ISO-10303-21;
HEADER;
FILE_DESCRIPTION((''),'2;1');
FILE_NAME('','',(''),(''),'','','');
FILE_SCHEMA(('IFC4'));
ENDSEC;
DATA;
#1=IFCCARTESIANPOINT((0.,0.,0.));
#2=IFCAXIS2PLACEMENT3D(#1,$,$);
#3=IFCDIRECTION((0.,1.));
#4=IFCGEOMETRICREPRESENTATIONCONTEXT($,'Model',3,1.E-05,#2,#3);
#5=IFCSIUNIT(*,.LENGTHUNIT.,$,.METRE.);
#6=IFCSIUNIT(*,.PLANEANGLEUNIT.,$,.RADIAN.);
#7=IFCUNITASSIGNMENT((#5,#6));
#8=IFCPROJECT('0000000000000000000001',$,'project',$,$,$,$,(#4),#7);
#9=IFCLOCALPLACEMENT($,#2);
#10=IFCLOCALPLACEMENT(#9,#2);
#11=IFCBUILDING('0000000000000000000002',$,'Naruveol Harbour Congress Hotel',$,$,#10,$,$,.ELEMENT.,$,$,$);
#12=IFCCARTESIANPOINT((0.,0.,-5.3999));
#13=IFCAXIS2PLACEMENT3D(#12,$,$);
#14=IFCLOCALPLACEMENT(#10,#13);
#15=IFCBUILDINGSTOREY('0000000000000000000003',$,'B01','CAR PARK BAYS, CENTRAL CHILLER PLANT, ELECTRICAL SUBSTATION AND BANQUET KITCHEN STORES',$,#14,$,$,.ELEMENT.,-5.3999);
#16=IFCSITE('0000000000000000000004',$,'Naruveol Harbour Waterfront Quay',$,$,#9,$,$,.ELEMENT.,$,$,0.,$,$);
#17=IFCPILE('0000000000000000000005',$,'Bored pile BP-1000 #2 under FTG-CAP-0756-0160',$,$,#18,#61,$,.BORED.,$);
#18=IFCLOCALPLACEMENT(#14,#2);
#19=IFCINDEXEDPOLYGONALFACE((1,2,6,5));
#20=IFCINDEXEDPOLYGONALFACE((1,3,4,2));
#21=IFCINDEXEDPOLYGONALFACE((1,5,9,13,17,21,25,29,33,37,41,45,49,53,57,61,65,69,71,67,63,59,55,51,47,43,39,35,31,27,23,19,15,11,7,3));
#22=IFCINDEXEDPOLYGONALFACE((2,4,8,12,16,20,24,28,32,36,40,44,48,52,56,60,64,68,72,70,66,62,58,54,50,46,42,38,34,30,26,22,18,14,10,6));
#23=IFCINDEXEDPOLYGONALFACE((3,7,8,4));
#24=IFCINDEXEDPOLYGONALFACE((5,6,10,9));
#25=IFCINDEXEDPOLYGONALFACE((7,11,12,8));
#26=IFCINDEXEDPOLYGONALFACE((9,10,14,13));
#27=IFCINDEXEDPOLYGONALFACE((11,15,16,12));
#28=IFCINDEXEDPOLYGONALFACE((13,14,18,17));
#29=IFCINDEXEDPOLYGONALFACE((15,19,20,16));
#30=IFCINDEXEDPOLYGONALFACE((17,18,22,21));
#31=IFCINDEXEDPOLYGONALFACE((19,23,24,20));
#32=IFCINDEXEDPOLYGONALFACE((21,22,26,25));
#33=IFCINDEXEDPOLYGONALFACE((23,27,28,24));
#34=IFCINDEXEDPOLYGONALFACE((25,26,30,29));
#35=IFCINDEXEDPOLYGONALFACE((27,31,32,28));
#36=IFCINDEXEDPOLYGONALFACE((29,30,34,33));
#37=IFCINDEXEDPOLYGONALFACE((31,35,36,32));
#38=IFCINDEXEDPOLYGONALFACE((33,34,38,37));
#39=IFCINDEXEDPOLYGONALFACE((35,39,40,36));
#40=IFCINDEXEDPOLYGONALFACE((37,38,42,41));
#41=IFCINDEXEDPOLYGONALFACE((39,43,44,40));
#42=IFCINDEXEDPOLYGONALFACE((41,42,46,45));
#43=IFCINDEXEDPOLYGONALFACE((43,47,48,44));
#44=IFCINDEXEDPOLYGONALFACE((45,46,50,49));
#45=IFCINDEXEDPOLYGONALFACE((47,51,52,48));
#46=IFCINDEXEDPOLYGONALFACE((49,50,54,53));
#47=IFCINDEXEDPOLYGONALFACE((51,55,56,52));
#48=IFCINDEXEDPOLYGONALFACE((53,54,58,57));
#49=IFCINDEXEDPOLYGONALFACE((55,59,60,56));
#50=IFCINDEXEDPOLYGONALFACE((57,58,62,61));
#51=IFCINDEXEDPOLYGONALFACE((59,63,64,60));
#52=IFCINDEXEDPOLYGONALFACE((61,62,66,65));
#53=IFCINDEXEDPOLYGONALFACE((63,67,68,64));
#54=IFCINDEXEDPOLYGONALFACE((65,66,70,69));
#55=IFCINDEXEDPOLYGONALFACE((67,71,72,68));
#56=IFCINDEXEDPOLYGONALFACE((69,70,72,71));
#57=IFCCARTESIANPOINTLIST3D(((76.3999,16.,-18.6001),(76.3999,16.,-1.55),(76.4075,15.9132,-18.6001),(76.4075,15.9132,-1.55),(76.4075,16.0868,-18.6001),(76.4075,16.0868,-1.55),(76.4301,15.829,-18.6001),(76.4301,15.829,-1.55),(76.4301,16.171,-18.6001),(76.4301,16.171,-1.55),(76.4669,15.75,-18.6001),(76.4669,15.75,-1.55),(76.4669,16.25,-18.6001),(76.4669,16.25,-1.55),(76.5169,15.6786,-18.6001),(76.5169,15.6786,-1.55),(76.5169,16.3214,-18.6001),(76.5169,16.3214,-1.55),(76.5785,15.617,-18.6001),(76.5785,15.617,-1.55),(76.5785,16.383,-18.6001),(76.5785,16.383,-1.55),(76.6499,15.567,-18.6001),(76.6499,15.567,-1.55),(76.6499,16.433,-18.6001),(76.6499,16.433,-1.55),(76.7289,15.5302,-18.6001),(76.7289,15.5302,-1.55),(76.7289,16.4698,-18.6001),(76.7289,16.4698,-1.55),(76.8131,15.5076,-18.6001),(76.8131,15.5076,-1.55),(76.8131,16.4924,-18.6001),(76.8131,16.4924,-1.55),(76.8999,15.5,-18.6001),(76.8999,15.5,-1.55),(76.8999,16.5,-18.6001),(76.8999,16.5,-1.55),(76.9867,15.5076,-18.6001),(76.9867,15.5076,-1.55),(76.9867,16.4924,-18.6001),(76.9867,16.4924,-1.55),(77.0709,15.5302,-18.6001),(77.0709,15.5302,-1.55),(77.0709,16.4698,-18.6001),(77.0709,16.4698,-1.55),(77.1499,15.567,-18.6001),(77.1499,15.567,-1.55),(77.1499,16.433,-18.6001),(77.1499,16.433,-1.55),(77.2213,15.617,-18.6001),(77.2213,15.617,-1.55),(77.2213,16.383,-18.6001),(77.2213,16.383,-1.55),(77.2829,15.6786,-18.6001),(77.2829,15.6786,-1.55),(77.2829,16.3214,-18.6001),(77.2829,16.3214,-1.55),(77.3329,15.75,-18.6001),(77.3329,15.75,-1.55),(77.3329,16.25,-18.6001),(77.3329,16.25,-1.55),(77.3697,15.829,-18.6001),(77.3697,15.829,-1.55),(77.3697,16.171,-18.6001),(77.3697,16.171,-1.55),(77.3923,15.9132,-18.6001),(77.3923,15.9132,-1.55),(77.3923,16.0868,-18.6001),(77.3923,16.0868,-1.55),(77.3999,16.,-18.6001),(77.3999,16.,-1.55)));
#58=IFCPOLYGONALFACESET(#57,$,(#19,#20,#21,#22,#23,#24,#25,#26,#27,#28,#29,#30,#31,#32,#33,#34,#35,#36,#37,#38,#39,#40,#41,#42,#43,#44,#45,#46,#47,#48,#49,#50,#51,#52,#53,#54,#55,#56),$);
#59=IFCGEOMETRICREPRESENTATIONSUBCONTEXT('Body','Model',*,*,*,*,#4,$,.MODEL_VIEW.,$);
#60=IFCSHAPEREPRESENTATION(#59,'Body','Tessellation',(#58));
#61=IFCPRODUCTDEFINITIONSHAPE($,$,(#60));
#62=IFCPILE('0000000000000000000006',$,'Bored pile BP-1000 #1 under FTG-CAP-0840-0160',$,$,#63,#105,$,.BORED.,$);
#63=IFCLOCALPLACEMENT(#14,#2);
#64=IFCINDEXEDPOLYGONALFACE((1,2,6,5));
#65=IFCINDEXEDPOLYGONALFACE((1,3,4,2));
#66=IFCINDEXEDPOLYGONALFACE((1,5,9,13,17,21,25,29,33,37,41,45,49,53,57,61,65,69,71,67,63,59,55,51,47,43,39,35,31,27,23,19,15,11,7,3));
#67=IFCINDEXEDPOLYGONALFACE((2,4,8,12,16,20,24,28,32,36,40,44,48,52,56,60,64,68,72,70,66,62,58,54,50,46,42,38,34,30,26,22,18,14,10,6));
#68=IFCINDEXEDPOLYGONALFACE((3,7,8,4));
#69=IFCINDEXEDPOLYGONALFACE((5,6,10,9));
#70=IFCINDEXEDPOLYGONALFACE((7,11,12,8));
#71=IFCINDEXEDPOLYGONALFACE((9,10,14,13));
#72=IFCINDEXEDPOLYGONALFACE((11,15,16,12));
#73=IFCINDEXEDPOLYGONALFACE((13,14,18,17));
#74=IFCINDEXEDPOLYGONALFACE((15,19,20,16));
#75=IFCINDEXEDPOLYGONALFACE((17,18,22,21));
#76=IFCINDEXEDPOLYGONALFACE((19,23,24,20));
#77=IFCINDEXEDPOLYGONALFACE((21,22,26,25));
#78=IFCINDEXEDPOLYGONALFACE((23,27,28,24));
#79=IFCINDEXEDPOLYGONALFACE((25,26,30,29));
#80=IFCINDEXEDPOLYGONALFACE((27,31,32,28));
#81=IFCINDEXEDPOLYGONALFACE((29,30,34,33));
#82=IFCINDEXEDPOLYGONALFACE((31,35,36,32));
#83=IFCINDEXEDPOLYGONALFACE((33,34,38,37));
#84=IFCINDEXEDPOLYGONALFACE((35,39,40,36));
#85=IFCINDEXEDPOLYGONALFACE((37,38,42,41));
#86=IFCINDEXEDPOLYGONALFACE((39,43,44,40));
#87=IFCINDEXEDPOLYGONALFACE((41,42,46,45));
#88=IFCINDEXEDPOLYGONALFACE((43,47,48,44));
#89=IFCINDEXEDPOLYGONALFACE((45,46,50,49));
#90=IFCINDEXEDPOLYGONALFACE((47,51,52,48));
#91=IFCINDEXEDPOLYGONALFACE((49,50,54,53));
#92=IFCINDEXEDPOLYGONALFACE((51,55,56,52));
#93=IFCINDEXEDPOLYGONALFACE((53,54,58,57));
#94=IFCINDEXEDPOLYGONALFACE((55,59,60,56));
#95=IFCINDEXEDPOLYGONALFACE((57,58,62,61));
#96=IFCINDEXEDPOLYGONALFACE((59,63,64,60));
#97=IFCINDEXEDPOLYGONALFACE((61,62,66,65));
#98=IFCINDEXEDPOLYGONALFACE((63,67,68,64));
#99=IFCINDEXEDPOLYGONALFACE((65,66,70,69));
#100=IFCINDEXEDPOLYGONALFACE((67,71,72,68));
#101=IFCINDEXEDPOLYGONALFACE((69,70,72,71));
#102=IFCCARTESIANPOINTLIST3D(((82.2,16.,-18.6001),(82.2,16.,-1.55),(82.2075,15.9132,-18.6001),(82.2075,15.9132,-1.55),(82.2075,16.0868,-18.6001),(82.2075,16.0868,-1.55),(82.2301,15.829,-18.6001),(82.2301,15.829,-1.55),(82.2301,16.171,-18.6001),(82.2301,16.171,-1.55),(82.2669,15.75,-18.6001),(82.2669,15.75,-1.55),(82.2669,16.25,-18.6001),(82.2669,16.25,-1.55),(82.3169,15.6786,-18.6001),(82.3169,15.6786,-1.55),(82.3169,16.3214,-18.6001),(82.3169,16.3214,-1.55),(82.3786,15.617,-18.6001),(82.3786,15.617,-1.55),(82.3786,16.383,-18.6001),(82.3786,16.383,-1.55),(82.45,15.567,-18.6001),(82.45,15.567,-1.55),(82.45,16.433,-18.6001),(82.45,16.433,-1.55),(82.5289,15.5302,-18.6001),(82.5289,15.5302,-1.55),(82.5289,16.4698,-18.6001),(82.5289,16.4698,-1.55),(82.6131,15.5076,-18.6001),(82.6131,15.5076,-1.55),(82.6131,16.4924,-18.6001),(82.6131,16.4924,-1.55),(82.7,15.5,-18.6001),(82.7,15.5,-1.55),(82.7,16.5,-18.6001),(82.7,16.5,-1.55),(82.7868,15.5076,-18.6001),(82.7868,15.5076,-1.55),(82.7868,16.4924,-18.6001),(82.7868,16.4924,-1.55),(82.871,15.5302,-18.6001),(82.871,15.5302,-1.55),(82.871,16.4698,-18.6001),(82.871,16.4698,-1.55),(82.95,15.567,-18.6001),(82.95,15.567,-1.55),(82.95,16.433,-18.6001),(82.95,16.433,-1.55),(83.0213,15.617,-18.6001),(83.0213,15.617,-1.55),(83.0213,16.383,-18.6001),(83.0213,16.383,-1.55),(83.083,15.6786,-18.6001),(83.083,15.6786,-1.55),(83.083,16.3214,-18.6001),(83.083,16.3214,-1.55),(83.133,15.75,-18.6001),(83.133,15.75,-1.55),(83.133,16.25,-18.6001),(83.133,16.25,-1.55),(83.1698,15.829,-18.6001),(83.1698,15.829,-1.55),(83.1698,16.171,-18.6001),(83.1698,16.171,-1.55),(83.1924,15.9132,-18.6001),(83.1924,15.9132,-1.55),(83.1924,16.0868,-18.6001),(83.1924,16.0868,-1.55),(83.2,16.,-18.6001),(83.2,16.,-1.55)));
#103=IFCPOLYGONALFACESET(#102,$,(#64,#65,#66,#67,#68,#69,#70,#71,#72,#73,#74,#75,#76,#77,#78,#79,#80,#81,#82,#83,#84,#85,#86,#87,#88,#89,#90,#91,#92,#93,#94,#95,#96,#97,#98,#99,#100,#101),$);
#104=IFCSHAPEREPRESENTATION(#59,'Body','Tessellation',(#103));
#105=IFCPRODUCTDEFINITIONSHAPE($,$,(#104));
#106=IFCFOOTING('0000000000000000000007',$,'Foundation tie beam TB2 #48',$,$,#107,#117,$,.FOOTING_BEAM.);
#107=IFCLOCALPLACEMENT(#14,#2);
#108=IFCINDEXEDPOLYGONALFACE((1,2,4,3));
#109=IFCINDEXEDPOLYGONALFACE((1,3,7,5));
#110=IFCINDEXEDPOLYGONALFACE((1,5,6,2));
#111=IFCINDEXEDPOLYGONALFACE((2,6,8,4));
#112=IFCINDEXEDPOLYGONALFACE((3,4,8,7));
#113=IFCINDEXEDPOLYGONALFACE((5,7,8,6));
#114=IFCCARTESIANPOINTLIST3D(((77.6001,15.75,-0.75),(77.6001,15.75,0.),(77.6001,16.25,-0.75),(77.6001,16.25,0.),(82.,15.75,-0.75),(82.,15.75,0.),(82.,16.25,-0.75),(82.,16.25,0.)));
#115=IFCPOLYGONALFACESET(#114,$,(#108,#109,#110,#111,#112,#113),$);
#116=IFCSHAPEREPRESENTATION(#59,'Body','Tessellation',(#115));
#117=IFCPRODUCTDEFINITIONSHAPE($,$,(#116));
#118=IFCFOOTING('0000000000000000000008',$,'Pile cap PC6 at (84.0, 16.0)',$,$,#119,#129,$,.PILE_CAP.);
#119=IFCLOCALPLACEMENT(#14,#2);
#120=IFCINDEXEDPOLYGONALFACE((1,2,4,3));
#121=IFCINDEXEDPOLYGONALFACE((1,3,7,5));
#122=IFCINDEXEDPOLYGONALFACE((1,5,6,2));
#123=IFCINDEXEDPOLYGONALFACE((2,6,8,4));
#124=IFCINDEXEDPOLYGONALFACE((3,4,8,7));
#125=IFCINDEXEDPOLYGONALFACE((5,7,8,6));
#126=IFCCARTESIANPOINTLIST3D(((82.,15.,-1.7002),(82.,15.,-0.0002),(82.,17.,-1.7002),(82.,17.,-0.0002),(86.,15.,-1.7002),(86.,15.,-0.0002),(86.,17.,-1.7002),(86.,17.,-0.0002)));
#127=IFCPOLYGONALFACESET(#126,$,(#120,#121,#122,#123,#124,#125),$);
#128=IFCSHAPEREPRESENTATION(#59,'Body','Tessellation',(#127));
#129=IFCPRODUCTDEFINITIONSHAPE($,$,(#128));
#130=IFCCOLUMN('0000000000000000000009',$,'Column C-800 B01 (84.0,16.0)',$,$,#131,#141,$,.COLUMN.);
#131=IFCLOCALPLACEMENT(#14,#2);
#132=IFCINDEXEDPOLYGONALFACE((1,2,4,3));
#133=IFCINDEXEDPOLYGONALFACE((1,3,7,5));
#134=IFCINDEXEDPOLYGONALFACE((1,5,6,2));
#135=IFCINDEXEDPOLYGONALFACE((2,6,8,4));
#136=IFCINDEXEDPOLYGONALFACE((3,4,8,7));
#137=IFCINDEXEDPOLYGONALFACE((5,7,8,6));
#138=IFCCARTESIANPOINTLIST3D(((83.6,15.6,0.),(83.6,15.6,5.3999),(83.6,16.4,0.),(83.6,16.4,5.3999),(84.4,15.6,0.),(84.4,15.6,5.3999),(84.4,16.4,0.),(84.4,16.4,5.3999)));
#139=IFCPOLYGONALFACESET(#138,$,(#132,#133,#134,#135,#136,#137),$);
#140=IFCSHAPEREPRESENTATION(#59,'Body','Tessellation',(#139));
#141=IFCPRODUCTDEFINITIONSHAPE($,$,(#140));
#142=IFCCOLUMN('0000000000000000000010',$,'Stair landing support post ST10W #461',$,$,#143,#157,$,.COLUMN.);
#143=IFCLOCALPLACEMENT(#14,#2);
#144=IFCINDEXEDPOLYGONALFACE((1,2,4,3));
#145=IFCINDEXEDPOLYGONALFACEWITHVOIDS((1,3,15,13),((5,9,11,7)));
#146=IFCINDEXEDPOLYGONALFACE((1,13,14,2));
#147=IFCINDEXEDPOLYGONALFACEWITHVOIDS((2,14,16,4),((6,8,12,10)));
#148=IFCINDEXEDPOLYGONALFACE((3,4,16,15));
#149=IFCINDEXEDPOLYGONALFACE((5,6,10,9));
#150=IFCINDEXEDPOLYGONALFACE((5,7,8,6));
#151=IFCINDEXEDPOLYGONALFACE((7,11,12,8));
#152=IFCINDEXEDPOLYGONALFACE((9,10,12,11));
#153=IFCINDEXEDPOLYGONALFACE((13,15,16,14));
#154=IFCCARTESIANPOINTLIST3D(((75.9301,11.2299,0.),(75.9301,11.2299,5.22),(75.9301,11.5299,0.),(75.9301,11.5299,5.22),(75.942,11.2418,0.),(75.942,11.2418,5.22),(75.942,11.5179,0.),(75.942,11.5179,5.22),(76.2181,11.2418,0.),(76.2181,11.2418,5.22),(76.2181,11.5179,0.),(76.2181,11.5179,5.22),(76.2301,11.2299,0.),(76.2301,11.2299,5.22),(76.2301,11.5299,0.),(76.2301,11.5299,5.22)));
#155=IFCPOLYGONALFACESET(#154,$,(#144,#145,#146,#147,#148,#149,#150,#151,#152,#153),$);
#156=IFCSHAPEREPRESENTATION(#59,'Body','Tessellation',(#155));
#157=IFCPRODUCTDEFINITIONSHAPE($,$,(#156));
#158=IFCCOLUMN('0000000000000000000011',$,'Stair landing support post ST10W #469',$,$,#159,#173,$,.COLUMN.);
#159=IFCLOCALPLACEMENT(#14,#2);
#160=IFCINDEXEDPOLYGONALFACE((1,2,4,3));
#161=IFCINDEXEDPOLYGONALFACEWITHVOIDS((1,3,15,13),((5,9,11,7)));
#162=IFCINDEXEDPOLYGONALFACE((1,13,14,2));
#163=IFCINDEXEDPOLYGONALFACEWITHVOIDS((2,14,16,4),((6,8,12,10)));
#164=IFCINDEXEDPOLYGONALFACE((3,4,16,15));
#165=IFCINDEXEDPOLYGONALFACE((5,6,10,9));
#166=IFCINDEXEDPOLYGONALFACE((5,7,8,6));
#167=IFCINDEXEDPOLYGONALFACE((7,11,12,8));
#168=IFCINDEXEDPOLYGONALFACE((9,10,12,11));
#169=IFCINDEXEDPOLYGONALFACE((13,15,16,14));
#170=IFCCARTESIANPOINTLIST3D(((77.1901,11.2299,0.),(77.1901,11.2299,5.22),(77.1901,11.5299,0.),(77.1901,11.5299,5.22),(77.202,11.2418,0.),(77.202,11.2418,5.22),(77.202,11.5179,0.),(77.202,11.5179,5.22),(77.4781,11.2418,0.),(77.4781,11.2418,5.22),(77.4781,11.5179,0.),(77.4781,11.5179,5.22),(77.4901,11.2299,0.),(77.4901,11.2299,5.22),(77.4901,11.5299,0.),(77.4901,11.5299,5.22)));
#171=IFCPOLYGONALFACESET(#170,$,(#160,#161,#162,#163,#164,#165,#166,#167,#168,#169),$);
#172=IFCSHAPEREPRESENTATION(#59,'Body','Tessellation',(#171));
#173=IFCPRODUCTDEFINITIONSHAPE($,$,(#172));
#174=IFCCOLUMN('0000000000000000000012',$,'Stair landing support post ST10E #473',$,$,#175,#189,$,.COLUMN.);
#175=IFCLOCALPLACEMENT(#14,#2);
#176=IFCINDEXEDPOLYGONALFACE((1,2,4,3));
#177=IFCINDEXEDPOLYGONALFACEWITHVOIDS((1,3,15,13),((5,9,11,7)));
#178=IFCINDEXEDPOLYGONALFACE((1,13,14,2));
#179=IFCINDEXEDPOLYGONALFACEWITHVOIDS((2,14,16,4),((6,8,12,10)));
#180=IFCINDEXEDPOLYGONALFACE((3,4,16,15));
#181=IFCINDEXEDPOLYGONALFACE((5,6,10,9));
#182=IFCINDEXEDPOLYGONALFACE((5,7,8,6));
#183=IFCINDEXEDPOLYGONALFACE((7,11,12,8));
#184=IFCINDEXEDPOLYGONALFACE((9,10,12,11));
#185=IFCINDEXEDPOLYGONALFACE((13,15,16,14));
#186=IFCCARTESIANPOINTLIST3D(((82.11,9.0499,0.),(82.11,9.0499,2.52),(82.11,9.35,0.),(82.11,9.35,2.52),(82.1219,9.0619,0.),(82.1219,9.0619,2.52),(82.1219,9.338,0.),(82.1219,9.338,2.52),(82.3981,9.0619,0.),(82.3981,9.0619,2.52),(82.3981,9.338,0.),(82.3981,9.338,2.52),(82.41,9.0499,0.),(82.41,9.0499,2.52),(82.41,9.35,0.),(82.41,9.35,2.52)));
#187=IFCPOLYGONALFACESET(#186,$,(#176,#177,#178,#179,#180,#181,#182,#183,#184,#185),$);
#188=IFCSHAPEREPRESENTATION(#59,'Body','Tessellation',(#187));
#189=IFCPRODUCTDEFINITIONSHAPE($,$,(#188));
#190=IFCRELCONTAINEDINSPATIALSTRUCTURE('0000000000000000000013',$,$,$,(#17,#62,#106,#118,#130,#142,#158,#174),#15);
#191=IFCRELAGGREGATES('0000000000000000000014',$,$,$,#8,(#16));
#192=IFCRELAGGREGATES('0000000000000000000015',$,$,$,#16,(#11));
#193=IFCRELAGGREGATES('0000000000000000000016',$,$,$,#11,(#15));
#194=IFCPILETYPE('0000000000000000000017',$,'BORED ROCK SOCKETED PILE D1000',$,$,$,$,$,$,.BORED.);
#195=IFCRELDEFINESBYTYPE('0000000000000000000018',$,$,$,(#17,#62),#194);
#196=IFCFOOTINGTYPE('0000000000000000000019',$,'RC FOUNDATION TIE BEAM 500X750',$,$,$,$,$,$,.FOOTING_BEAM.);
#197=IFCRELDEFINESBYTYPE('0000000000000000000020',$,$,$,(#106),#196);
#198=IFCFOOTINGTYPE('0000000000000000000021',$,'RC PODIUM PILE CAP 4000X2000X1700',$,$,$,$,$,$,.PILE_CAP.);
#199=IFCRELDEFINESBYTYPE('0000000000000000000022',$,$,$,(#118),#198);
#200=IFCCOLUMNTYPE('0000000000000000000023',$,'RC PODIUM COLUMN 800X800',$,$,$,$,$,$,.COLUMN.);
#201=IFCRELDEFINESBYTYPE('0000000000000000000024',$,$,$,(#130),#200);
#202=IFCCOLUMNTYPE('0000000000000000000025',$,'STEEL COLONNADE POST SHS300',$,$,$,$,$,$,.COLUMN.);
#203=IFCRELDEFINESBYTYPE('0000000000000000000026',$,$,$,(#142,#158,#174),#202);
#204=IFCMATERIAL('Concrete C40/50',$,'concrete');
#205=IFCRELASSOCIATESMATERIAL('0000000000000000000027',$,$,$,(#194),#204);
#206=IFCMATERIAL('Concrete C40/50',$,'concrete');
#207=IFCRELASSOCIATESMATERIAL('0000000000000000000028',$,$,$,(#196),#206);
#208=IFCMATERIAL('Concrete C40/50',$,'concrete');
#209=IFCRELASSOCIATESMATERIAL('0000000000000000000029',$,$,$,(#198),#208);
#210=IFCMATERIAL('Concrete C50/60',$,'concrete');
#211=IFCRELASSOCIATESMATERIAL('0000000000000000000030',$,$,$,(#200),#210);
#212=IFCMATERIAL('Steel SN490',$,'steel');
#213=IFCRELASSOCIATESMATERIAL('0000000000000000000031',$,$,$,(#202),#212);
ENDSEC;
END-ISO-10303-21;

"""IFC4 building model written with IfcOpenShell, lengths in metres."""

from ifc_helpers import new_model, si_unit, direction, frame, origin, origin_2d, place, context, subcontext, project, spatial, rectangle, hollow_rectangle, circle, extrude, material, material_profile, profile_set, type_object, element, save


model = new_model("IFC4")

# Units and contexts
model_context = context("Model", 3, precision=1e-05, world=origin(), true_north=direction((0.0, 1.0)))
body_context = subcontext(model_context, "Body", "Model", "MODEL_VIEW")
ifc_project = project(units=[si_unit("LENGTHUNIT", "METRE"), si_unit("PLANEANGLEUNIT", "RADIAN")], contexts=[model_context])

# Site, building, storey
site_placement = place(None, origin())
site = spatial("IfcSite", under=ifc_project, at=site_placement, Name="Naruveol Harbour Waterfront Quay", CompositionType="ELEMENT", RefElevation=0.0)
building_placement = place(site_placement, origin())
building = spatial("IfcBuilding", under=site, at=building_placement, Name="Naruveol Harbour Congress Hotel", CompositionType="ELEMENT")
storey_placement = place(building_placement, frame((0.0, 0.0, -5.3999)))
storey = spatial("IfcBuildingStorey", under=building, at=storey_placement, Name="B01", Description="CAR PARK BAYS, CENTRAL CHILLER PLANT, ELECTRICAL SUBSTATION AND BANQUET KITCHEN STORES", CompositionType="ELEMENT", Elevation=-5.3999)

# Piles
ifc_material_1 = material(Name="Concrete C40/50", Category="concrete")
ifc_material_profile_1 = material_profile(ifc_material_1, circle(Radius=0.5, at=origin_2d()), Name="BP-1000")
ifc_profile_set_1 = profile_set([ifc_material_profile_1], Name="Concrete C40/50")
pile_type = type_object("IfcPileType", Name="BORED ROCK SOCKETED PILE D1000", PredefinedType="BORED", material=ifc_profile_set_1)
for number, where, z_axis, x_axis, name in (
    (1, (76.8999, 16.0, -1.55), (0.0, 0.0, -1.0), (1.0, 0.0, 0.0), "Bored pile BP-1000 #2 under FTG-CAP-0756-0160"),
    (2, (82.7, 16.0, -1.55), (0.0, 0.0, -1.0), (1.0, 0.0, 0.0), "Bored pile BP-1000 #1 under FTG-CAP-0840-0160"),
):
    element("IfcPile", number, at=place(storey_placement, frame(where, z_axis=z_axis, x_axis=x_axis)), inside=storey, type_object=pile_type, Name=name, PredefinedType="BORED", context=body_context, shape_type="SweptSolid", body=[
        extrude(circle(Radius=0.5, at=origin_2d()), origin(), (0.0, 0.0, 1.0), 17.05),
    ])

# Footings
ifc_material_2 = material(Name="Concrete C40/50", Category="concrete")
ifc_material_profile_2 = material_profile(ifc_material_2, rectangle(XDim=0.5, YDim=0.75, at=origin_2d()), Name="RCB-500x750")
ifc_profile_set_2 = profile_set([ifc_material_profile_2], Name="Concrete C40/50")
footing_type_1 = type_object("IfcFootingType", Name="RC FOUNDATION TIE BEAM 500X750", PredefinedType="FOOTING_BEAM", material=ifc_profile_set_2)
footing_1_placement = place(storey_placement, frame((77.6001, 16.0, -0.375), z_axis=(1.0, 0.0, 0.0), x_axis=(0.0, 1.0, 0.0)))
element("IfcFooting", 3, at=footing_1_placement, inside=storey, type_object=footing_type_1, Name="Foundation tie beam TB2 #48", PredefinedType="FOOTING_BEAM", context=body_context, shape_type="SweptSolid", body=[
    extrude(rectangle(XDim=0.5, YDim=0.75, at=origin_2d()), origin(), (0.0, 0.0, 1.0), 4.3999),
])
ifc_material_3 = material(Name="Concrete C40/50", Category="concrete")
footing_type_2 = type_object("IfcFootingType", Name="RC PODIUM PILE CAP 4000X2000X1700", PredefinedType="PILE_CAP", material=ifc_material_3)
footing_2_placement = place(storey_placement, frame((84.0, 16.0, -1.7002), z_axis=(0.0, 0.0, 1.0), x_axis=(1.0, 0.0, 0.0)))
element("IfcFooting", 4, at=footing_2_placement, inside=storey, type_object=footing_type_2, Name="Pile cap PC6 at (84.0, 16.0)", PredefinedType="PILE_CAP", context=body_context, shape_type="SweptSolid", body=[
    extrude(rectangle(XDim=4.0, YDim=2.0, at=origin_2d()), origin(), (0.0, 0.0, 1.0), 1.7),
])

# Columns
ifc_material_4 = material(Name="Concrete C50/60", Category="concrete")
ifc_material_profile_3 = material_profile(ifc_material_4, rectangle(XDim=0.8, YDim=0.8, at=origin_2d()), Name="RC-800x800")
ifc_profile_set_3 = profile_set([ifc_material_profile_3], Name="Concrete C50/60")
column_type_1 = type_object("IfcColumnType", Name="RC PODIUM COLUMN 800X800", PredefinedType="COLUMN", material=ifc_profile_set_3)
column_placement = place(storey_placement, frame((84.0, 16.0, 0.0), z_axis=(0.0, 0.0, 1.0), x_axis=(1.0, 0.0, 0.0)))
element("IfcColumn", 5, at=column_placement, inside=storey, type_object=column_type_1, Name="Column C-800 B01 (84.0,16.0)", PredefinedType="COLUMN", context=body_context, shape_type="SweptSolid", body=[
    extrude(rectangle(XDim=0.8, YDim=0.8, at=origin_2d()), origin(), (0.0, 0.0, 1.0), 5.3999),
])
ifc_material_5 = material(Name="Steel SN490", Category="steel")
ifc_material_profile_4 = material_profile(ifc_material_5, hollow_rectangle(XDim=0.3, YDim=0.3, WallThickness=0.012, at=origin_2d()), Name="SHS-300x300x12")
ifc_profile_set_4 = profile_set([ifc_material_profile_4], Name="Steel SN490")
column_type_2 = type_object("IfcColumnType", Name="STEEL COLONNADE POST SHS300", PredefinedType="COLUMN", material=ifc_profile_set_4)
for number, where, z_axis, x_axis, name in (
    (6, (76.0801, 11.3799, 0.0), (0.0, 0.0, 1.0), (1.0, 0.0, 0.0), "Stair landing support post ST10W #461"),
    (7, (77.3401, 11.3799, 0.0), (0.0, 0.0, 1.0), (1.0, 0.0, 0.0), "Stair landing support post ST10W #469"),
):
    element("IfcColumn", number, at=place(storey_placement, frame(where, z_axis=z_axis, x_axis=x_axis)), inside=storey, type_object=column_type_2, Name=name, PredefinedType="COLUMN", context=body_context, shape_type="SweptSolid", body=[
        extrude(hollow_rectangle(XDim=0.3, YDim=0.3, WallThickness=0.012, at=origin_2d()), origin(), (0.0, 0.0, 1.0), 5.22),
    ])
for number, where, z_axis, x_axis, name in (
    (8, (82.26, 9.2, 0.0), (0.0, 0.0, 1.0), (1.0, 0.0, 0.0), "Stair landing support post ST10E #473"),
):
    element("IfcColumn", number, at=place(storey_placement, frame(where, z_axis=z_axis, x_axis=x_axis)), inside=storey, type_object=column_type_2, Name=name, PredefinedType="COLUMN", context=body_context, shape_type="SweptSolid", body=[
        extrude(hollow_rectangle(XDim=0.3, YDim=0.3, WallThickness=0.012, at=origin_2d()), origin(), (0.0, 0.0, 1.0), 2.52),
    ])

save(model, "model.ifc")
